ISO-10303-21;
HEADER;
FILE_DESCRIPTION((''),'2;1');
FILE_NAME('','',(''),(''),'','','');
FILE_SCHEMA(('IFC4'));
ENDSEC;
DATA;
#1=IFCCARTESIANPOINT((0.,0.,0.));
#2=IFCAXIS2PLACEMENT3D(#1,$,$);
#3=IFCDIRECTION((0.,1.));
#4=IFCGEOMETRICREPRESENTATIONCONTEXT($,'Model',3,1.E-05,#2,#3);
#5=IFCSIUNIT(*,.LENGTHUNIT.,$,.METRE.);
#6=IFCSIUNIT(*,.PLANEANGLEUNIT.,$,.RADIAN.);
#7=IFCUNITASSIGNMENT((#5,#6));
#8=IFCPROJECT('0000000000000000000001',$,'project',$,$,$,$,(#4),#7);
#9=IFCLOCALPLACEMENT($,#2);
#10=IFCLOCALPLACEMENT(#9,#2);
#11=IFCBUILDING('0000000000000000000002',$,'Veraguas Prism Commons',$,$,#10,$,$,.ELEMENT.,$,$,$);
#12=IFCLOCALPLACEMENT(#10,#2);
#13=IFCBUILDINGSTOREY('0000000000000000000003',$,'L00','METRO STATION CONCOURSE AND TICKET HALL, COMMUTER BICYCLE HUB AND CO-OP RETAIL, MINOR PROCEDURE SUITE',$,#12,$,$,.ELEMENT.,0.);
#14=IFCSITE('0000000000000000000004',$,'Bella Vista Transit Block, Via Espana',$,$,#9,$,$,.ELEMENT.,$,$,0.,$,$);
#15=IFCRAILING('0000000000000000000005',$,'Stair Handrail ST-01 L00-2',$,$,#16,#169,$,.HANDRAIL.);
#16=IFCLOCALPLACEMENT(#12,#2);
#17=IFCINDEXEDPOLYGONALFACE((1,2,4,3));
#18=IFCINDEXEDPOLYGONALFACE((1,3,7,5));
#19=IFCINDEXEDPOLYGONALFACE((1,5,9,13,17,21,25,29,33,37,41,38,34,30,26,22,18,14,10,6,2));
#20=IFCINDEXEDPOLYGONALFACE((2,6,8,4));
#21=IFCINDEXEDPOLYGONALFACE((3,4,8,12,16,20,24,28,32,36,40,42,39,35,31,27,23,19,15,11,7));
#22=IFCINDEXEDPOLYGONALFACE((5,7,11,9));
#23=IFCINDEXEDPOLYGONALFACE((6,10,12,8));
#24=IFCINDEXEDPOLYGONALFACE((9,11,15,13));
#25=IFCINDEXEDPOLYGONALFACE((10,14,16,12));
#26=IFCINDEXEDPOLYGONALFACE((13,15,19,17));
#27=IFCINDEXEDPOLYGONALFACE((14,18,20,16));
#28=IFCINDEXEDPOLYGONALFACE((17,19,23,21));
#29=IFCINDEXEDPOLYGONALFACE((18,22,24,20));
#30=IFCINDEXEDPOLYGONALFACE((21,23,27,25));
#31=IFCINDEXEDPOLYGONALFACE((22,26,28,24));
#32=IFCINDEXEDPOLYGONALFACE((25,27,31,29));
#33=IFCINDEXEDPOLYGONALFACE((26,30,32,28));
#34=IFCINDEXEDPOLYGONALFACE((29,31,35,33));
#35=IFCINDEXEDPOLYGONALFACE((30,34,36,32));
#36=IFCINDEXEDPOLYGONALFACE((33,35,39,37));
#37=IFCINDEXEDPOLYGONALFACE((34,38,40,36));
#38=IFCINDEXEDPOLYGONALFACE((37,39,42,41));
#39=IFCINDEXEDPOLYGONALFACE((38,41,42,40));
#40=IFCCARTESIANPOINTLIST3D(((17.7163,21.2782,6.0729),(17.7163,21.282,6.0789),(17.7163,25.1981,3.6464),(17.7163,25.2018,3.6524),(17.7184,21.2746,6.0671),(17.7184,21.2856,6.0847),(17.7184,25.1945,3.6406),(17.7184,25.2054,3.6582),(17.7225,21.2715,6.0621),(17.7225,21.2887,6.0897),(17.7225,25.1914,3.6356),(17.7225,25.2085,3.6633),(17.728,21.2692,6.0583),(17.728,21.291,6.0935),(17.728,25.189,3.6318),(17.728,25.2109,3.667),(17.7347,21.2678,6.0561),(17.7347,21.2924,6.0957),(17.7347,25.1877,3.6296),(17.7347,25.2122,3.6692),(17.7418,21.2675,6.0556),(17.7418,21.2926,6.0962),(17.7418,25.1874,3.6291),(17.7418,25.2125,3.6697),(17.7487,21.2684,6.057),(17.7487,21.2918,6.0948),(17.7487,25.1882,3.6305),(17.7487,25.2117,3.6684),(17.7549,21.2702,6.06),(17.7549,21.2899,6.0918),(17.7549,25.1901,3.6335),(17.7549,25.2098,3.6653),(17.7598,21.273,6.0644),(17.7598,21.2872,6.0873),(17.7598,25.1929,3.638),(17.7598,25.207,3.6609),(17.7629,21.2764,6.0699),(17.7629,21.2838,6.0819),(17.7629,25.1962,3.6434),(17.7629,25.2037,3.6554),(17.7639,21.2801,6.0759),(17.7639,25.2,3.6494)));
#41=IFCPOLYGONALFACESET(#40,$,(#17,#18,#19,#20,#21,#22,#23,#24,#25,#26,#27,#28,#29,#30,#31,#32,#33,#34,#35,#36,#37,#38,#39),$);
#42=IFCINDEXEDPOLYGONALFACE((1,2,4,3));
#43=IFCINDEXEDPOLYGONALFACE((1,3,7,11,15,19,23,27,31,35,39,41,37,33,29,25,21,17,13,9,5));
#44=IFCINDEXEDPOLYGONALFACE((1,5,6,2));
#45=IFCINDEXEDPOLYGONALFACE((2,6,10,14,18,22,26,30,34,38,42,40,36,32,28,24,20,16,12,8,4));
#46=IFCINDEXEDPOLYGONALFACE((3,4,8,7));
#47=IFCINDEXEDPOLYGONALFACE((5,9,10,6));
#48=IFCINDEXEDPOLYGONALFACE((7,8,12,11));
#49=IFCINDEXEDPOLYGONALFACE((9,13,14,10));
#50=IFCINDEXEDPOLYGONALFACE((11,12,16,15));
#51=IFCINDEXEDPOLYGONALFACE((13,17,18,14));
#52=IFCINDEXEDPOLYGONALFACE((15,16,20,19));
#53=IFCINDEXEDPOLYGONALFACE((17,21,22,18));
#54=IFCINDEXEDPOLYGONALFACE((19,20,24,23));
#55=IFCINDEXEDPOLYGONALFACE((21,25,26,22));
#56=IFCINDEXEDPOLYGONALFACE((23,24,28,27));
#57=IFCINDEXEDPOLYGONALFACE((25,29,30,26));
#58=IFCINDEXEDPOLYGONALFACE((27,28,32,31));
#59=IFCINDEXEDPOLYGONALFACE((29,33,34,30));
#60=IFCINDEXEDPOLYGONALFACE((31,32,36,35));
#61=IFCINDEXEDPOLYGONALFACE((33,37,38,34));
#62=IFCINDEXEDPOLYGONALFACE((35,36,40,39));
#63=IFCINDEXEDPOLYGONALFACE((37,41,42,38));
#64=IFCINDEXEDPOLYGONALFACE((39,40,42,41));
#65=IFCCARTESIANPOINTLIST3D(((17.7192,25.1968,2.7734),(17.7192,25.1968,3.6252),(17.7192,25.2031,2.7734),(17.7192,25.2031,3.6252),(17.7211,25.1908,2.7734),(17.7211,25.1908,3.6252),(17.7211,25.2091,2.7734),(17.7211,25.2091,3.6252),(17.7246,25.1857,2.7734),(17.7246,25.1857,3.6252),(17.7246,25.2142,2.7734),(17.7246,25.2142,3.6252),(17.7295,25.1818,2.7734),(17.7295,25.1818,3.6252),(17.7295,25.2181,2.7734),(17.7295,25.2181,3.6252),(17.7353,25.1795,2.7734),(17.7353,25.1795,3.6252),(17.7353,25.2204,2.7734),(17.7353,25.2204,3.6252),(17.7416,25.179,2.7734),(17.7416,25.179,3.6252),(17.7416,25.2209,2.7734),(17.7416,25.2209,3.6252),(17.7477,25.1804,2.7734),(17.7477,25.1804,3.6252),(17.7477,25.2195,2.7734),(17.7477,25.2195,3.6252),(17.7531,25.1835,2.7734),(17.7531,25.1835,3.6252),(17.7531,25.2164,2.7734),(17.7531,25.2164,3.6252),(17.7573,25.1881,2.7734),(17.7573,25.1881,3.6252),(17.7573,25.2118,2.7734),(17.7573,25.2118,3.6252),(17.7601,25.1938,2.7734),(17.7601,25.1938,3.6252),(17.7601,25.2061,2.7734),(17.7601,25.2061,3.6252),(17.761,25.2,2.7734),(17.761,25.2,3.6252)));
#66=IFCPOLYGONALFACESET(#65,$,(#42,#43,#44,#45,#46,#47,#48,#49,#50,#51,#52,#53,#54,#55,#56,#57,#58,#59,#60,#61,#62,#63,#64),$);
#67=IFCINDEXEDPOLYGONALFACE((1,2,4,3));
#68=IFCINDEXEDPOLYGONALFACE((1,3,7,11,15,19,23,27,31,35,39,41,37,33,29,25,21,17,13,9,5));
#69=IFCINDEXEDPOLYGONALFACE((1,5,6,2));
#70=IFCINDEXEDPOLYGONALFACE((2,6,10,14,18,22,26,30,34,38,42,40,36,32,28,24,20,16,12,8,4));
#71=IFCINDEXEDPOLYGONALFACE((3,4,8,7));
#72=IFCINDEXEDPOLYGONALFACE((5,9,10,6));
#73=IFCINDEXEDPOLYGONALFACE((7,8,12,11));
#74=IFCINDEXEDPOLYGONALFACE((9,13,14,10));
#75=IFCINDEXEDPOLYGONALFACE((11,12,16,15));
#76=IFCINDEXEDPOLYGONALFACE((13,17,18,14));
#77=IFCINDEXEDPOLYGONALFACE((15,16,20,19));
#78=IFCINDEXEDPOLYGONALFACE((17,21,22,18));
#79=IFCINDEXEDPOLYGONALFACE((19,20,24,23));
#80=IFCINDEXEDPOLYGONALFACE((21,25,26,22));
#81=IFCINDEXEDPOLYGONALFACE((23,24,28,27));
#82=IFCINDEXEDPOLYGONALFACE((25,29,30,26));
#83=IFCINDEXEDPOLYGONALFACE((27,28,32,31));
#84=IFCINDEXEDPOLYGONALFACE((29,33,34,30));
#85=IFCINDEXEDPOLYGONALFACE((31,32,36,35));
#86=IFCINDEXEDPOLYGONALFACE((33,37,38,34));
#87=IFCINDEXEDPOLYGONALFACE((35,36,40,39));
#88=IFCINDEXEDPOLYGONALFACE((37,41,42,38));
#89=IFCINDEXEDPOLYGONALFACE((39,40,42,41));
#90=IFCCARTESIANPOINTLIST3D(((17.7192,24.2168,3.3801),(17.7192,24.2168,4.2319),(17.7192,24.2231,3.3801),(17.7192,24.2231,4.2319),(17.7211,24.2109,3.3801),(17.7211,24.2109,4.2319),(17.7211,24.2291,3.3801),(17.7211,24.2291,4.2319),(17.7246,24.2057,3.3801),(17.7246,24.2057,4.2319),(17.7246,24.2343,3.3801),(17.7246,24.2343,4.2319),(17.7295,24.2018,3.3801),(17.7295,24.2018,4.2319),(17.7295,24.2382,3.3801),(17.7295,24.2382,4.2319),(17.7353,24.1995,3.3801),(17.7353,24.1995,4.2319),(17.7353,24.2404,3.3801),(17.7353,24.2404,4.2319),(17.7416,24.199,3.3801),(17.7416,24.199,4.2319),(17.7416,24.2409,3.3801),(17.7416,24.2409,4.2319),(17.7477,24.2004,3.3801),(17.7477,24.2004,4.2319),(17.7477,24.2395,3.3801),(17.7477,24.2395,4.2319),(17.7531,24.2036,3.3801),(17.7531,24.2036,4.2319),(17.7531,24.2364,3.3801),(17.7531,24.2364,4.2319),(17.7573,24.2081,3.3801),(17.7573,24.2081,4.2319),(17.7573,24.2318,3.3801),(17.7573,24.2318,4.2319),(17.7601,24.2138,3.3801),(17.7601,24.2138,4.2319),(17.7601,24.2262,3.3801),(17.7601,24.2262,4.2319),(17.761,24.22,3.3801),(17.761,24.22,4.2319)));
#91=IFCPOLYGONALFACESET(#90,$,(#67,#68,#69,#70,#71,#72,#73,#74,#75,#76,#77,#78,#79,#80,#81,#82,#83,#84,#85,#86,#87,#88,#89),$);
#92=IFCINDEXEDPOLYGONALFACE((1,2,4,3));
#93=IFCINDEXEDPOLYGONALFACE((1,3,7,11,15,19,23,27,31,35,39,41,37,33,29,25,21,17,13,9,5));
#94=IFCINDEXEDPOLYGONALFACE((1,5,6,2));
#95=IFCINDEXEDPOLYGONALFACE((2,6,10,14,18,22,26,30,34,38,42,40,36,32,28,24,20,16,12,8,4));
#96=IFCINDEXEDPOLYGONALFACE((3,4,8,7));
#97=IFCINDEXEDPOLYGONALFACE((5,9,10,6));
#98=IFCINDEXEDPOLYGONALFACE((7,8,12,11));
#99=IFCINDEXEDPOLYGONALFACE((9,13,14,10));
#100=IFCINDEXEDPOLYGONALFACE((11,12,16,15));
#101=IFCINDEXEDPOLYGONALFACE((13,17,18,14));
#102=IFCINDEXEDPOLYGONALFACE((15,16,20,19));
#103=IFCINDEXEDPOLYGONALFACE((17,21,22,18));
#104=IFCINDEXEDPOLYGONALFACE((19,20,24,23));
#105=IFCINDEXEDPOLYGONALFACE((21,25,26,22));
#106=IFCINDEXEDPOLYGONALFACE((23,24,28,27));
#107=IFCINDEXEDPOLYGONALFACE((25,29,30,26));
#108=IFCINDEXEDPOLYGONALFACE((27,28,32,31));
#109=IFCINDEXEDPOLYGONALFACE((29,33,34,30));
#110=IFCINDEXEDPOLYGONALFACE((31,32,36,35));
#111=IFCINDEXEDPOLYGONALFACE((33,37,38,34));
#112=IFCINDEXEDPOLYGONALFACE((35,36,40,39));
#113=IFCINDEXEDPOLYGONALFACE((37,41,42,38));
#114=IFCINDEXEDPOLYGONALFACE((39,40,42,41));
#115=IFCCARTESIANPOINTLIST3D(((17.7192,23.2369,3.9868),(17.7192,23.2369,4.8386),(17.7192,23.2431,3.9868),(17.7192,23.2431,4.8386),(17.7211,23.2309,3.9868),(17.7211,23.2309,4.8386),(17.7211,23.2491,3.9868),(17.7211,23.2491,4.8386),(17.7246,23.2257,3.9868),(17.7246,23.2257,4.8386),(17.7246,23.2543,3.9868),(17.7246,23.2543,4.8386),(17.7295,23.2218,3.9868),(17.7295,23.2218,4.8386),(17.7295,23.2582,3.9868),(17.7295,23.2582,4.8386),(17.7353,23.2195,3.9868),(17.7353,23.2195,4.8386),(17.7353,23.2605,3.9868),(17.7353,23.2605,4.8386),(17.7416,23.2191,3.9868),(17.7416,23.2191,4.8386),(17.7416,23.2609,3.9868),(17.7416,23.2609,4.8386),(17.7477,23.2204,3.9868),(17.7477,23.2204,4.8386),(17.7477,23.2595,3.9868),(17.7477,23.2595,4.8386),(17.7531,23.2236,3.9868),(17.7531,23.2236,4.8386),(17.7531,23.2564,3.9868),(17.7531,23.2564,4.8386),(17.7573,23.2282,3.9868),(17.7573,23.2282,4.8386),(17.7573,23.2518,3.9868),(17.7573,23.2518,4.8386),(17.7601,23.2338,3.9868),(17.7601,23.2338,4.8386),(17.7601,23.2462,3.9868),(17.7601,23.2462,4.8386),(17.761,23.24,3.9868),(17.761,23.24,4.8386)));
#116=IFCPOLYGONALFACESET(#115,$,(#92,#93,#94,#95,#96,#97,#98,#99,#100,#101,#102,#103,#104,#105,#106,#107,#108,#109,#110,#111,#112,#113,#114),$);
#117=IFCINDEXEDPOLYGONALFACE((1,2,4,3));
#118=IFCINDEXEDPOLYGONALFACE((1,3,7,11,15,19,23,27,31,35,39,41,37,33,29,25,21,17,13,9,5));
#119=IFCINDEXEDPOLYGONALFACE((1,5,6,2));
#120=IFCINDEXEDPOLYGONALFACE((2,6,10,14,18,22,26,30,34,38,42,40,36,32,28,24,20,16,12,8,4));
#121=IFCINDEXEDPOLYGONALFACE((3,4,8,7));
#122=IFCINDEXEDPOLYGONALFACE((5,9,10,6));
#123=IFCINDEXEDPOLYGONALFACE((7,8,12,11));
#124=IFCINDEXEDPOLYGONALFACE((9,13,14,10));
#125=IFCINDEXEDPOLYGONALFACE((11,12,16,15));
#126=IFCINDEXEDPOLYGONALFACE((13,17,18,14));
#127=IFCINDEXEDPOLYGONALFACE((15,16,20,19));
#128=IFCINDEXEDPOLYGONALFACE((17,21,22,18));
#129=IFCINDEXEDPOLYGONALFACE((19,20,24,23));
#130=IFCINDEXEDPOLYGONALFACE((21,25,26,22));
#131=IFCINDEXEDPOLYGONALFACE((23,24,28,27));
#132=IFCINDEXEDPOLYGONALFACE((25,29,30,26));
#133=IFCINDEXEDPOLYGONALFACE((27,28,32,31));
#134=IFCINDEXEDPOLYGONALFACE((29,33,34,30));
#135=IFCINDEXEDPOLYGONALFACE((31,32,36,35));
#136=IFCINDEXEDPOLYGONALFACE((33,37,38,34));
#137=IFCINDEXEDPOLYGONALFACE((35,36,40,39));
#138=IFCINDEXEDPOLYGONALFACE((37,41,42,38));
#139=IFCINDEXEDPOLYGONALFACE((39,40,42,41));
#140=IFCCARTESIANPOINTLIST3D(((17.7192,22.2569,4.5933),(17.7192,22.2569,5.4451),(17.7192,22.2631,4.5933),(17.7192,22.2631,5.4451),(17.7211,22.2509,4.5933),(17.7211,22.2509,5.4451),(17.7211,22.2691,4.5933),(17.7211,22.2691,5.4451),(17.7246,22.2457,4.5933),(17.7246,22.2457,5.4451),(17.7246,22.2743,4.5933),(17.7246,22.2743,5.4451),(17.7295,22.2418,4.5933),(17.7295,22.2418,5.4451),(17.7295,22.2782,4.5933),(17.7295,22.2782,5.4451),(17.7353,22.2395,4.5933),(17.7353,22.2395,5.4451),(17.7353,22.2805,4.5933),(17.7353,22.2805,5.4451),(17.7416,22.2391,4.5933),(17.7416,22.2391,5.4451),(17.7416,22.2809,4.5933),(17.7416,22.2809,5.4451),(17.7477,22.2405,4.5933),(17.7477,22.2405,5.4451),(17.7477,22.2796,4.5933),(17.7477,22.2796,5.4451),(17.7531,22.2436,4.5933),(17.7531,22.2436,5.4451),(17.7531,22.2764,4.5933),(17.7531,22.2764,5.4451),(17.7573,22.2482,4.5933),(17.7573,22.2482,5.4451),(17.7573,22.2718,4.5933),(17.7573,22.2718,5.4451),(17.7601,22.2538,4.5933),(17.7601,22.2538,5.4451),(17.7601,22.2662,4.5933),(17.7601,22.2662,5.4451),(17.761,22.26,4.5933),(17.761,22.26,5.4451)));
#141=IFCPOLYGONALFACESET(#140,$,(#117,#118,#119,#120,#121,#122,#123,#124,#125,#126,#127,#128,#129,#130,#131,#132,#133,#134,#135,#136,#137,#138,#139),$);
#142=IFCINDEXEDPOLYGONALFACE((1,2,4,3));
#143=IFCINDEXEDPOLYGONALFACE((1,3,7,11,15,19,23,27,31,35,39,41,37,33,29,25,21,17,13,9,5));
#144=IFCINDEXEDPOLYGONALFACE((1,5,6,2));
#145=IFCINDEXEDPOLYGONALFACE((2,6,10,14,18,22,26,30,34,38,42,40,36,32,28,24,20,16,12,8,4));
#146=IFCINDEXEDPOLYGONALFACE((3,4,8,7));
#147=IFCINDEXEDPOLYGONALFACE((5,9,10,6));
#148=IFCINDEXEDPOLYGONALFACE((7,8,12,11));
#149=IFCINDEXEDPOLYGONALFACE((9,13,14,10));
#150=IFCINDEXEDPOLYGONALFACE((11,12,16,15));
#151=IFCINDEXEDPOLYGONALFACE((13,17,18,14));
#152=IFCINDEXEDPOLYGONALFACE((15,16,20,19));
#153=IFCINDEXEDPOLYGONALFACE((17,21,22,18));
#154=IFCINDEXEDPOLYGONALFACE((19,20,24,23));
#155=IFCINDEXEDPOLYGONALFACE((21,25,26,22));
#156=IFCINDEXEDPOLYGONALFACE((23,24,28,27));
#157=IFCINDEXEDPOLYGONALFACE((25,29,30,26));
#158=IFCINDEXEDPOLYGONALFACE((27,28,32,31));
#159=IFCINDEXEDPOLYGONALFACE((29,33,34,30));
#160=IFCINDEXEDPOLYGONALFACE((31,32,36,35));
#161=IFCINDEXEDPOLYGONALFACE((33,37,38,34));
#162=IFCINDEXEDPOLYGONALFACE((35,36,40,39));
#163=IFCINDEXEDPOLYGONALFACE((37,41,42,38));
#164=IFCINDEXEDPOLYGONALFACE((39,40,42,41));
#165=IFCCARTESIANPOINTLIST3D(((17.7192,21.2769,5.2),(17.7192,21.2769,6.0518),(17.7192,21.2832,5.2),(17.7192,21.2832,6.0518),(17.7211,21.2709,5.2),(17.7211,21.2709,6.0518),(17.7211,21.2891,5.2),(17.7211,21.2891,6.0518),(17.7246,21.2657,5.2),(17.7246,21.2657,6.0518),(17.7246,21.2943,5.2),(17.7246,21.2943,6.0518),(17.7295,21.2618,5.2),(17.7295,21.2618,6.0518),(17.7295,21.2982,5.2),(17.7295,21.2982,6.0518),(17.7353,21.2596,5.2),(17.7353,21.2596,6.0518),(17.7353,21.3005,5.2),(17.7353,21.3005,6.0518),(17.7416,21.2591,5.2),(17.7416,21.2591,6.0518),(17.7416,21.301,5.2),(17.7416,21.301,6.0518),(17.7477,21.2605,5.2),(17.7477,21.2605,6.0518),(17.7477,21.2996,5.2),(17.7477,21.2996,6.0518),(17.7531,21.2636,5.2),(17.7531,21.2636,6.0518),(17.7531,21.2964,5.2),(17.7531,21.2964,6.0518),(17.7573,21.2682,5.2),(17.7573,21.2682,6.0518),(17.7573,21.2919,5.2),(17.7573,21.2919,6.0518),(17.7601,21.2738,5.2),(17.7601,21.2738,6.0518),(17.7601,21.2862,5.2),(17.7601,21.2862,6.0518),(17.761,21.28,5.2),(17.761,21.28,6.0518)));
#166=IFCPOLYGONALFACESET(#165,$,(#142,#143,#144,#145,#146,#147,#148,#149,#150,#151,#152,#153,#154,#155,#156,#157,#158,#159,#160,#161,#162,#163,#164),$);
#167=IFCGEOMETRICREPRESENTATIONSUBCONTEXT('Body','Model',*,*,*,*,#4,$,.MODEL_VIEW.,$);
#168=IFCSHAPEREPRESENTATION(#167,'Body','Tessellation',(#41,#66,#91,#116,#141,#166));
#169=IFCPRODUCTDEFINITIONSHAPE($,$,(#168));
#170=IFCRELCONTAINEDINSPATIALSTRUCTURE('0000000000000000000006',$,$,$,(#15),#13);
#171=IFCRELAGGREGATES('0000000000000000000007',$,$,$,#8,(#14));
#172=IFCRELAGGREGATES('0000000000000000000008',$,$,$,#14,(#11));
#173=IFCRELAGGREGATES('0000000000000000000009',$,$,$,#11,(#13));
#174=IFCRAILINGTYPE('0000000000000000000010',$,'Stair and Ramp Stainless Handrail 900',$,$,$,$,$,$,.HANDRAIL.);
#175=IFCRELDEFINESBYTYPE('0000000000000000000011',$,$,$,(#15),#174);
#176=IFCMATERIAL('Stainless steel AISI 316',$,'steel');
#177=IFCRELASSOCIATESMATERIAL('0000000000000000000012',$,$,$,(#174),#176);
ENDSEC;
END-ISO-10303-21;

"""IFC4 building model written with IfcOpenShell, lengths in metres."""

from ifc_helpers import new_model, si_unit, direction, frame, origin, origin_2d, place, context, subcontext, project, spatial, circle, extrude, material, type_object, element, save


model = new_model("IFC4")

# Units and contexts
model_context = context("Model", 3, precision=1e-05, world=origin(), true_north=direction((0.0, 1.0)))
body_context = subcontext(model_context, "Body", "Model", "MODEL_VIEW")
ifc_project = project(units=[si_unit("LENGTHUNIT", "METRE"), si_unit("PLANEANGLEUNIT", "RADIAN")], contexts=[model_context])

# Site, building, storey
site_placement = place(None, origin())
site = spatial("IfcSite", under=ifc_project, at=site_placement, Name="Bella Vista Transit Block, Via Espana", CompositionType="ELEMENT", RefElevation=0.0)
building_placement = place(site_placement, origin())
building = spatial("IfcBuilding", under=site, at=building_placement, Name="Veraguas Prism Commons", CompositionType="ELEMENT")
storey_placement = place(building_placement, origin())
storey = spatial("IfcBuildingStorey", under=building, at=storey_placement, Name="L00", Description="METRO STATION CONCOURSE AND TICKET HALL, COMMUTER BICYCLE HUB AND CO-OP RETAIL, MINOR PROCEDURE SUITE", CompositionType="ELEMENT", Elevation=0.0)

# Shared definitions
ifc_material_1 = material(Name="Stainless steel AISI 316", Category="steel")

# Railing
railing_type_1 = type_object("IfcRailingType", Name="Stair and Ramp Stainless Handrail 900", PredefinedType="HANDRAIL", material=ifc_material_1)
for number, where, name in (
    (1, (17.74, 25.2, 2.7734), "Stair Handrail ST-01 L00-2"),
):
    element("IfcRailing", number, at=place(storey_placement, frame(where)), inside=storey, type_object=railing_type_1, Name=name, PredefinedType="HANDRAIL", context=body_context, shape_type="SweptSolid", body=[
        extrude(circle(Radius=0.0239, at=origin_2d()), frame((0.0, 0.0, 0.876), z_axis=(0.0, -0.850275, 0.526338), x_axis=(1.0, 0.0, 0.0)), (0.0, 0.0, 1.0), 4.6101),
        extrude(circle(Radius=0.021, at=origin_2d()), origin(), (0.0, 0.0, 1.0), 0.8518),
        extrude(circle(Radius=0.021, at=origin_2d()), frame((0.0, -0.98, 0.6067)), (0.0, 0.0, 1.0), 0.8518),
        extrude(circle(Radius=0.021, at=origin_2d()), frame((0.0, -1.96, 1.2134)), (0.0, 0.0, 1.0), 0.8518),
        extrude(circle(Radius=0.021, at=origin_2d()), frame((0.0, -2.9399, 1.8198)), (0.0, 0.0, 1.0), 0.8518),
        extrude(circle(Radius=0.021, at=origin_2d()), frame((0.0, -3.9199, 2.4265)), (0.0, 0.0, 1.0), 0.8518),
    ])

save(model, "model.ifc")
